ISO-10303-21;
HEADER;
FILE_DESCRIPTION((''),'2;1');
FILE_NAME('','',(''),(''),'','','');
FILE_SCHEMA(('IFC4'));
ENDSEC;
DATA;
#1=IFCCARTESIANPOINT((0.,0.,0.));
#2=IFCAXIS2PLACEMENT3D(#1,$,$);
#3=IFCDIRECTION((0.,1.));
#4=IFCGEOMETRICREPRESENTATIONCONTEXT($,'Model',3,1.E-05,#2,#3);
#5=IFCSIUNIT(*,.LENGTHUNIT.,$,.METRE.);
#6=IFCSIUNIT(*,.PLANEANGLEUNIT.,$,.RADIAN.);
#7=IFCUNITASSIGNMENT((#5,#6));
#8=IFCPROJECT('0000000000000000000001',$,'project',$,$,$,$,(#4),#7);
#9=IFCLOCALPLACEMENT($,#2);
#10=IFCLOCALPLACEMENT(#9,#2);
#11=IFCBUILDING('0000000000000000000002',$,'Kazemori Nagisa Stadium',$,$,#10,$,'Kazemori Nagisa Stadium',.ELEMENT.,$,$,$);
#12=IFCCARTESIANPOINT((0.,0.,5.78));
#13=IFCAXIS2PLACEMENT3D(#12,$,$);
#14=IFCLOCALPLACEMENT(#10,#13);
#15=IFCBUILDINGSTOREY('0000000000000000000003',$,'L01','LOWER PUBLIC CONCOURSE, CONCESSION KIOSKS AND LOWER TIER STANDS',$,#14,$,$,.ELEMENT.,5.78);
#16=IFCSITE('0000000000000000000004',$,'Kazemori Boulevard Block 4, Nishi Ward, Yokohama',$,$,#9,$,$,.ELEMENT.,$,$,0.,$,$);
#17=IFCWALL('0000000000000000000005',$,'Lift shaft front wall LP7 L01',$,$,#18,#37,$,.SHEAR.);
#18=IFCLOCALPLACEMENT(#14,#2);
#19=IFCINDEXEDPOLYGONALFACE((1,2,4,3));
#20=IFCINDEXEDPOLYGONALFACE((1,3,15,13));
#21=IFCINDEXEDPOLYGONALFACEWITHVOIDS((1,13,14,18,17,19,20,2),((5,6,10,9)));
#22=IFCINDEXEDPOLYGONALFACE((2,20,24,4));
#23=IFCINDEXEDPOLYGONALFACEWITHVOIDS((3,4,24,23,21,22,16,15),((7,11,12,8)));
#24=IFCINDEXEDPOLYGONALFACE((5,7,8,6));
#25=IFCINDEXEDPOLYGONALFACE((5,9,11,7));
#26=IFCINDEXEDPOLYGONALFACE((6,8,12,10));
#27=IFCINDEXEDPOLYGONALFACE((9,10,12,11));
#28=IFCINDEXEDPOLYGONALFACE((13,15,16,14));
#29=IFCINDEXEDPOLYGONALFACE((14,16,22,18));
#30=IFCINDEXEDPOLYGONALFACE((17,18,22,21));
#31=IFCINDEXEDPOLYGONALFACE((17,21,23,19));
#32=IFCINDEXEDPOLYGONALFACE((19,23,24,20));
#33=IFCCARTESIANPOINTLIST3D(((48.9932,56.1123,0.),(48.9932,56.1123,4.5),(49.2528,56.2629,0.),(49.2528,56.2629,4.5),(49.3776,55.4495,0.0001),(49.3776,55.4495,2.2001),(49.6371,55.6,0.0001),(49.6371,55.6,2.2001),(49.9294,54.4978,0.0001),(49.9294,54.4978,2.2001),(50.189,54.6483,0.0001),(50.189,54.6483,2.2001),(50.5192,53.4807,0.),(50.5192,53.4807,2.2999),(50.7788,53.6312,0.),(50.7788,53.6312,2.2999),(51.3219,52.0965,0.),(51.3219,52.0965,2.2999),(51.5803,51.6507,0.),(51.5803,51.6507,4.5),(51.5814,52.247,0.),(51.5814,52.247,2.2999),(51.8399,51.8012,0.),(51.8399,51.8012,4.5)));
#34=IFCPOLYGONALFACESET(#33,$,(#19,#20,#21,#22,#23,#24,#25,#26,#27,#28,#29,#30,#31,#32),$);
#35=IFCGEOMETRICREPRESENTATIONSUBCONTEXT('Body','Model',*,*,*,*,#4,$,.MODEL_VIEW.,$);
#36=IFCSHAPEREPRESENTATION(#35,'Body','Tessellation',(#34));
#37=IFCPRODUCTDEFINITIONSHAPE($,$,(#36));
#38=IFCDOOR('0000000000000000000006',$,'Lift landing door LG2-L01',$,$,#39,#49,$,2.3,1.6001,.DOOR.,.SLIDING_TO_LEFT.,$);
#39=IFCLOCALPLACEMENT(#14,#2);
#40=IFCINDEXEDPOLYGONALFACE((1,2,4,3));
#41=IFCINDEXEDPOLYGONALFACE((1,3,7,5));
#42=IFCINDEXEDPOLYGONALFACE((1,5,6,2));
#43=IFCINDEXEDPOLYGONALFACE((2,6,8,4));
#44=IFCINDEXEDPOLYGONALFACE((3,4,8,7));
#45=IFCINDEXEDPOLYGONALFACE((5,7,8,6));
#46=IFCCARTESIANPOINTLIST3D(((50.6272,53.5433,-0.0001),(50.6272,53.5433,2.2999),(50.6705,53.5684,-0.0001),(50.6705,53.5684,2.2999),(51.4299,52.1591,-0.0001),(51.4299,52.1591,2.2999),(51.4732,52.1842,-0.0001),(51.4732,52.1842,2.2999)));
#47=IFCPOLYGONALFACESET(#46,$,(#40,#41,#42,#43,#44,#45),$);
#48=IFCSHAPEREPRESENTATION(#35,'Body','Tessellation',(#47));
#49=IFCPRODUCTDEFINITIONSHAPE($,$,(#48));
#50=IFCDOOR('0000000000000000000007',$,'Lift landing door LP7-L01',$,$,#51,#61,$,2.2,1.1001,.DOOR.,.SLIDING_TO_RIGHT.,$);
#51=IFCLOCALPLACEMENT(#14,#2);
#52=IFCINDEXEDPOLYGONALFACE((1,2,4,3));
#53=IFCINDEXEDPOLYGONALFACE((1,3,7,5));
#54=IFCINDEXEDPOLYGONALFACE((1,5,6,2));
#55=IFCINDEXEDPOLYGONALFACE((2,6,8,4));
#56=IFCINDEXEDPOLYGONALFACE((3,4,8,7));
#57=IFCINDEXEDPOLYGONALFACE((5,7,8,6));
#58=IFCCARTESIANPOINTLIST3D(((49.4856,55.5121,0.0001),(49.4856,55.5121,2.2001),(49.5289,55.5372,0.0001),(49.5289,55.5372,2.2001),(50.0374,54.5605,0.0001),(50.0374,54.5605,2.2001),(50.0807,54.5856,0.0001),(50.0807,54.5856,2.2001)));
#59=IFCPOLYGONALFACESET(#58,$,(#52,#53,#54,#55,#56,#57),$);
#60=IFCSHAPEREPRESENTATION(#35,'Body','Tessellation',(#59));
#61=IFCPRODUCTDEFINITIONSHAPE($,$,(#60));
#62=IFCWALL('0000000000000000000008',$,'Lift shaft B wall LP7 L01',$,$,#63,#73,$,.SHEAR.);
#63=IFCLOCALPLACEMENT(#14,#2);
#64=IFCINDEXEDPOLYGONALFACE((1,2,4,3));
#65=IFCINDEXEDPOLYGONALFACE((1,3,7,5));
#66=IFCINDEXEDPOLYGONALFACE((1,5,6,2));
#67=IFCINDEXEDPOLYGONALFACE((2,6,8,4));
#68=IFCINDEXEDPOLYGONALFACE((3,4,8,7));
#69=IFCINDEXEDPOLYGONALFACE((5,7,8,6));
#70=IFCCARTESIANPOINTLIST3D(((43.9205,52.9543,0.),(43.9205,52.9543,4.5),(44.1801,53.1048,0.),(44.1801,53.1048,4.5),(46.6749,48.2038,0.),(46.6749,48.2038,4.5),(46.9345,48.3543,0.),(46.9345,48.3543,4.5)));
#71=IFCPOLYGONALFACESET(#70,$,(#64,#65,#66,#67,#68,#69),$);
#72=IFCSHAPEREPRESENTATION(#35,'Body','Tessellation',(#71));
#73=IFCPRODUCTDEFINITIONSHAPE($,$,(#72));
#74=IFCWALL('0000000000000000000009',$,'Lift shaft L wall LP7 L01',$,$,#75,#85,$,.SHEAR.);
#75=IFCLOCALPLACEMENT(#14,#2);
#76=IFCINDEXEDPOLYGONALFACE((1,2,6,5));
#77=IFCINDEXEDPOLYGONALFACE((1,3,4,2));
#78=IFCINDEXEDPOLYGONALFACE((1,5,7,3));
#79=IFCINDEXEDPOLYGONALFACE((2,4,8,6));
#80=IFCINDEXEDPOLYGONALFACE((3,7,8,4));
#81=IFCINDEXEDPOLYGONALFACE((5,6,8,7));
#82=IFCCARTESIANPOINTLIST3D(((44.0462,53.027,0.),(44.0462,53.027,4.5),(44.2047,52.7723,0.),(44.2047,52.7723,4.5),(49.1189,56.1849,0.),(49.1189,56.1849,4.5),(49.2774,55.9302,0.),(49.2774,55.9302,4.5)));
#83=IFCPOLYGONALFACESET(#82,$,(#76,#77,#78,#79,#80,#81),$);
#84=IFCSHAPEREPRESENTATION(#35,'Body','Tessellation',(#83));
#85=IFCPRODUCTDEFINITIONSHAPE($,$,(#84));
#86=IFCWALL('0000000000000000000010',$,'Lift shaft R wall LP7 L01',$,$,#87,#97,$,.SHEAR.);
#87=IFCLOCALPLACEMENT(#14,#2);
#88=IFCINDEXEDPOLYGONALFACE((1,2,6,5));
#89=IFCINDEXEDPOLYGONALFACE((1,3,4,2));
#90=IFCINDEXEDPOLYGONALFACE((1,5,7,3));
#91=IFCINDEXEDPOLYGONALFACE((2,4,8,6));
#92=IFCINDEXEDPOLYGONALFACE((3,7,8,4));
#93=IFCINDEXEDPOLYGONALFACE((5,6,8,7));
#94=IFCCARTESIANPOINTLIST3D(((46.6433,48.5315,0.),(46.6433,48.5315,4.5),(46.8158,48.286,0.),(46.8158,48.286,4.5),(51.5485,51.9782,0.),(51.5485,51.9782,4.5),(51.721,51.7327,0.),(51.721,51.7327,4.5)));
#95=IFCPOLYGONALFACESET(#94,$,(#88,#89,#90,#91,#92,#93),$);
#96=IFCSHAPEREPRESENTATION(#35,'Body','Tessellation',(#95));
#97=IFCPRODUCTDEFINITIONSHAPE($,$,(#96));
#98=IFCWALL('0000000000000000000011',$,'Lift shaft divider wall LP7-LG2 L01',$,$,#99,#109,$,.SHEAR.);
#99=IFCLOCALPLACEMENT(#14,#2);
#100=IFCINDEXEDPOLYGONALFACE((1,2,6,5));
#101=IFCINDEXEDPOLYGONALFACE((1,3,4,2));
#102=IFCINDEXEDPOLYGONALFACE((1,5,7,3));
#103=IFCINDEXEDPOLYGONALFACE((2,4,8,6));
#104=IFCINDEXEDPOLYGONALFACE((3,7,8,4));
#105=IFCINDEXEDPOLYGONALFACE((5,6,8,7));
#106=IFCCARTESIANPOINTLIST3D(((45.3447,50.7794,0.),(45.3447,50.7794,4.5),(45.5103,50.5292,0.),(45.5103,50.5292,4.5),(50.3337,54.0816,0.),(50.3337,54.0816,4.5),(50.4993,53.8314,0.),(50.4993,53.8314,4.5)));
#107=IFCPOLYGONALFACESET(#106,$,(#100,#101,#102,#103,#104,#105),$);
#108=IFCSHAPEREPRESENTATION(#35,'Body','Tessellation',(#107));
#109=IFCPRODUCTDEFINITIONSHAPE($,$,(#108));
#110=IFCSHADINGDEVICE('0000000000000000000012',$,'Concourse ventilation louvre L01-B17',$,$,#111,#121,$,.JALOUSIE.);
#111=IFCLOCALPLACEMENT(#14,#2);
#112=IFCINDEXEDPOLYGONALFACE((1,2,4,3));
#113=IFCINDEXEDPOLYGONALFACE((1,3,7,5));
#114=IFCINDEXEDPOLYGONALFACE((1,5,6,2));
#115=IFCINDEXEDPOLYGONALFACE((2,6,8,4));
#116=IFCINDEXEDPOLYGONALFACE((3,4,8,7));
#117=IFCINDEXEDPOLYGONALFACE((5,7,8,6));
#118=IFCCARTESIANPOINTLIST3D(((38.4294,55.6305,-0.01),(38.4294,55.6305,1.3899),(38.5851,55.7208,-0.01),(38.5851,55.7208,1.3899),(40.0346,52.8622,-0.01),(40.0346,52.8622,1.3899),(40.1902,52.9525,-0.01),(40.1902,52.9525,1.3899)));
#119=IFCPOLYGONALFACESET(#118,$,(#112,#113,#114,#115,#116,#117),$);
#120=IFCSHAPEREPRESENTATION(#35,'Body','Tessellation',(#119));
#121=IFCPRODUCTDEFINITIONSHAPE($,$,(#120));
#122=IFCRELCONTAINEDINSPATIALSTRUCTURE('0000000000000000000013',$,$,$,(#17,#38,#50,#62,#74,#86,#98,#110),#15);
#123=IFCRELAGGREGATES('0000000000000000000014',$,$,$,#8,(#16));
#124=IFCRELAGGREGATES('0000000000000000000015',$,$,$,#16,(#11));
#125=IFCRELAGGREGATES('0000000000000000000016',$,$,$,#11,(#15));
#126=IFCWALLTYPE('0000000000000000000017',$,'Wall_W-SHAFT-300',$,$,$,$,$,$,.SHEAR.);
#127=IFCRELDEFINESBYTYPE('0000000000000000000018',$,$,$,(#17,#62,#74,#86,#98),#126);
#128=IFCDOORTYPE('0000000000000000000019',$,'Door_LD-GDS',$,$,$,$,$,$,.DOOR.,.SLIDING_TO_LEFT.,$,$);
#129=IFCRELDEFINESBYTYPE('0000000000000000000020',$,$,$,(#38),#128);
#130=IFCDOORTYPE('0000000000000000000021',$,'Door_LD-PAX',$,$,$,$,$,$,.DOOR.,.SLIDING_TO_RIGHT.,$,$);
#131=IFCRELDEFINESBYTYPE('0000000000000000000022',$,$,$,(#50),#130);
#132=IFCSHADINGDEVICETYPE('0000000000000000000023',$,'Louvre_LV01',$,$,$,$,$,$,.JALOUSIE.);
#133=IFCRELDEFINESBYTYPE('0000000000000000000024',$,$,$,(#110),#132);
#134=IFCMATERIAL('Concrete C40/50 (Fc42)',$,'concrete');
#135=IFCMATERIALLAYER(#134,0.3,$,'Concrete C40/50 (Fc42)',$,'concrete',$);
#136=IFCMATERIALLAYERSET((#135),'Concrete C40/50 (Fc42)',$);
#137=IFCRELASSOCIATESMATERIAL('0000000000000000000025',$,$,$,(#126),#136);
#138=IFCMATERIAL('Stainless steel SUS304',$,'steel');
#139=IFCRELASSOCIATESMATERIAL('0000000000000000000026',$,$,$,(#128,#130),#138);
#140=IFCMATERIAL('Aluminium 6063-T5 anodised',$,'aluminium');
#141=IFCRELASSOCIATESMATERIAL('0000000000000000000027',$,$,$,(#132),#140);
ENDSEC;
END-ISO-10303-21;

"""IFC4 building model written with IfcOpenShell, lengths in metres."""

from ifc_helpers import new_model, si_unit, direction, frame, frame_2d, origin, origin_2d, place, context, subcontext, project, spatial, rectangle, extrude, material, layer, layer_set, type_object, element, fill, save


model = new_model("IFC4")

# Units and contexts
model_context = context("Model", 3, precision=1e-05, world=origin(), true_north=direction((0.0, 1.0)))
body_context = subcontext(model_context, "Body", "Model", "MODEL_VIEW")
ifc_project = project(units=[si_unit("LENGTHUNIT", "METRE"), si_unit("PLANEANGLEUNIT", "RADIAN")], contexts=[model_context])

# Site, building, storey
site_placement = place(None, origin())
site = spatial("IfcSite", under=ifc_project, at=site_placement, Name="Kazemori Boulevard Block 4, Nishi Ward, Yokohama", CompositionType="ELEMENT", RefElevation=0.0)
building_placement = place(site_placement, origin())
building = spatial("IfcBuilding", under=site, at=building_placement, Name="Kazemori Nagisa Stadium", LongName="Kazemori Nagisa Stadium", CompositionType="ELEMENT")
storey_placement = place(building_placement, frame((0.0, 0.0, 5.78)))
storey = spatial("IfcBuildingStorey", under=building, at=storey_placement, Name="L01", Description="LOWER PUBLIC CONCOURSE, CONCESSION KIOSKS AND LOWER TIER STANDS", CompositionType="ELEMENT", Elevation=5.78)

# Shared definitions
ifc_material_1 = material(Name="Concrete C40/50 (Fc42)", Category="concrete")

# Shared definitions
ifc_material_2 = material(Name="Aluminium 6063-T5 anodised", Category="aluminium")

# Wall, openings, doors
ifc_layer_1 = layer(ifc_material_1, 0.3, Name="Concrete C40/50 (Fc42)", Category="concrete")
ifc_layer_set_1 = layer_set([ifc_layer_1], Name="Concrete C40/50 (Fc42)")
wall_type_1 = type_object("IfcWallType", Name="Wall_W-SHAFT-300", PredefinedType="SHEAR", material=ifc_layer_set_1)
wall_1_placement = place(storey_placement, frame((49.123, 56.1875, 0.0), z_axis=(0.0, 0.0, 1.0), x_axis=(0.50163, -0.865083, 0.0)))
wall_1 = element("IfcWall", 1, at=wall_1_placement, inside=storey, type_object=wall_type_1, Name="Lift shaft front wall LP7 L01", PredefinedType="SHEAR", context=body_context, shape_type="SweptSolid", body=[
    extrude(rectangle(XDim=5.1575, YDim=0.3, at=frame_2d((2.5786, 0.0))), origin(), (0.0, 0.0, 1.0), 4.5),
])
opening_1_placement = place(wall_1_placement, frame((0.7661, 0.0, 0.0)))
opening_1 = element("IfcOpeningElement", 2, at=opening_1_placement, cuts=wall_1, PredefinedType="OPENING", context=body_context, shape_type="SweptSolid", body=[
    extrude(rectangle(XDim=1.1001, YDim=2.2, at=frame_2d((0.55, 1.1001))), frame((0.0, 0.1599, 0.0), z_axis=(0.0, -1.0, 0.0), x_axis=(1.0, 0.0, 0.0)), (0.0, 0.0, 1.0), 0.3201),
])
opening_2_placement = place(wall_1_placement, frame((3.042, 0.0, 0.0)))
opening_2 = element("IfcOpeningElement", 3, at=opening_2_placement, cuts=wall_1, PredefinedType="OPENING", context=body_context, shape_type="SweptSolid", body=[
    extrude(rectangle(XDim=1.6001, YDim=2.3, at=frame_2d((0.8, 1.1499))), frame((0.0, 0.1599, 0.0), z_axis=(0.0, -1.0, 0.0), x_axis=(1.0, 0.0, 0.0)), (0.0, 0.0, 1.0), 0.3201),
])
ifc_material_3 = material(Name="Stainless steel SUS304", Category="steel")
door_type_1 = type_object("IfcDoorType", Name="Door_LD-GDS", OperationType="SLIDING_TO_LEFT", PredefinedType="DOOR", material=ifc_material_3)
door_1_placement = place(opening_2_placement, origin())
door_1 = element("IfcDoor", 4, at=door_1_placement, inside=storey, type_object=door_type_1, Name="Lift landing door LG2-L01", OperationType="SLIDING_TO_LEFT", OverallHeight=2.3, OverallWidth=1.6001, PredefinedType="DOOR", context=body_context, shape_type="SweptSolid", body=[
    extrude(rectangle(XDim=1.6001, YDim=2.3, at=frame_2d((0.8, 1.1499))), frame((0.0, 0.0249, 0.0), z_axis=(0.0, -1.0, 0.0), x_axis=(1.0, 0.0, 0.0)), (0.0, 0.0, 1.0), 0.05),
])
fill(opening_2, door_1)
door_type_2 = type_object("IfcDoorType", Name="Door_LD-PAX", OperationType="SLIDING_TO_RIGHT", PredefinedType="DOOR", material=ifc_material_3)
door_2_placement = place(opening_1_placement, origin())
door_2 = element("IfcDoor", 5, at=door_2_placement, inside=storey, type_object=door_type_2, Name="Lift landing door LP7-L01", OperationType="SLIDING_TO_RIGHT", OverallHeight=2.2, OverallWidth=1.1001, PredefinedType="DOOR", context=body_context, shape_type="SweptSolid", body=[
    extrude(rectangle(XDim=1.1001, YDim=2.2, at=frame_2d((0.55, 1.1001))), frame((0.0, 0.0249, 0.0), z_axis=(0.0, -1.0, 0.0), x_axis=(1.0, 0.0, 0.0)), (0.0, 0.0, 1.0), 0.05),
])
fill(opening_1, door_2)

# Walls
wall_2_placement = place(storey_placement, frame((44.0503, 53.0295, 0.0), z_axis=(0.0, 0.0, 1.0), x_axis=(0.501597, -0.865101, 0.0)))
element("IfcWall", 6, at=wall_2_placement, inside=storey, type_object=wall_type_1, Name="Lift shaft B wall LP7 L01", PredefinedType="SHEAR", context=body_context, shape_type="SweptSolid", body=[
    extrude(rectangle(XDim=5.4912, YDim=0.3, at=frame_2d((2.7456, 0.0))), origin(), (0.0, 0.0, 1.0), 4.5),
])
wall_3_placement = place(storey_placement, frame((49.1982, 56.0576, 0.0), z_axis=(0.0, 0.0, 1.0), x_axis=(-0.848938, -0.528492, 0.0)))
element("IfcWall", 7, at=wall_3_placement, inside=storey, type_object=wall_type_1, Name="Lift shaft L wall LP7 L01", PredefinedType="SHEAR", context=body_context, shape_type="SweptSolid", body=[
    extrude(rectangle(XDim=5.9753, YDim=0.3, at=frame_2d((2.9878, 0.0))), origin(), (0.0, 0.0, 1.0), 4.5),
])
wall_4_placement = place(storey_placement, frame((51.6348, 51.8555, 0.0), z_axis=(0.0, 0.0, 1.0), x_axis=(-0.818205, -0.574926, 0.0)))
element("IfcWall", 8, at=wall_4_placement, inside=storey, type_object=wall_type_1, Name="Lift shaft R wall LP7 L01", PredefinedType="SHEAR", context=body_context, shape_type="SweptSolid", body=[
    extrude(rectangle(XDim=5.9951, YDim=0.3, at=frame_2d((2.9976, 0.0))), origin(), (0.0, 0.0, 1.0), 4.5),
])
wall_5_placement = place(storey_placement, frame((50.4165, 53.9565, 0.0), z_axis=(0.0, 0.0, 1.0), x_axis=(-0.833879, -0.551947, 0.0)))
element("IfcWall", 9, at=wall_5_placement, inside=storey, type_object=wall_type_1, Name="Lift shaft divider wall LP7-LG2 L01", PredefinedType="SHEAR", context=body_context, shape_type="SweptSolid", body=[
    extrude(rectangle(XDim=5.9829, YDim=0.3, at=frame_2d((2.9915, 0.0))), origin(), (0.0, 0.0, 1.0), 4.5),
])

# Shading device
shading_device_type = type_object("IfcShadingDeviceType", Name="Louvre_LV01", PredefinedType="JALOUSIE", material=ifc_material_2)
shading_device_placement = place(storey_placement, frame((39.3098, 54.2915, -0.01), z_axis=(0.0, 0.0, 1.0), x_axis=(0.501612, -0.865093, 0.0)))
element("IfcShadingDevice", 10, at=shading_device_placement, inside=storey, type_object=shading_device_type, Name="Concourse ventilation louvre L01-B17", PredefinedType="JALOUSIE", context=body_context, shape_type="SweptSolid", body=[
    extrude(rectangle(XDim=3.2, YDim=0.1799, at=origin_2d()), origin(), (0.0, 0.0, 1.0), 1.3999),
])

save(model, "model.ifc")
